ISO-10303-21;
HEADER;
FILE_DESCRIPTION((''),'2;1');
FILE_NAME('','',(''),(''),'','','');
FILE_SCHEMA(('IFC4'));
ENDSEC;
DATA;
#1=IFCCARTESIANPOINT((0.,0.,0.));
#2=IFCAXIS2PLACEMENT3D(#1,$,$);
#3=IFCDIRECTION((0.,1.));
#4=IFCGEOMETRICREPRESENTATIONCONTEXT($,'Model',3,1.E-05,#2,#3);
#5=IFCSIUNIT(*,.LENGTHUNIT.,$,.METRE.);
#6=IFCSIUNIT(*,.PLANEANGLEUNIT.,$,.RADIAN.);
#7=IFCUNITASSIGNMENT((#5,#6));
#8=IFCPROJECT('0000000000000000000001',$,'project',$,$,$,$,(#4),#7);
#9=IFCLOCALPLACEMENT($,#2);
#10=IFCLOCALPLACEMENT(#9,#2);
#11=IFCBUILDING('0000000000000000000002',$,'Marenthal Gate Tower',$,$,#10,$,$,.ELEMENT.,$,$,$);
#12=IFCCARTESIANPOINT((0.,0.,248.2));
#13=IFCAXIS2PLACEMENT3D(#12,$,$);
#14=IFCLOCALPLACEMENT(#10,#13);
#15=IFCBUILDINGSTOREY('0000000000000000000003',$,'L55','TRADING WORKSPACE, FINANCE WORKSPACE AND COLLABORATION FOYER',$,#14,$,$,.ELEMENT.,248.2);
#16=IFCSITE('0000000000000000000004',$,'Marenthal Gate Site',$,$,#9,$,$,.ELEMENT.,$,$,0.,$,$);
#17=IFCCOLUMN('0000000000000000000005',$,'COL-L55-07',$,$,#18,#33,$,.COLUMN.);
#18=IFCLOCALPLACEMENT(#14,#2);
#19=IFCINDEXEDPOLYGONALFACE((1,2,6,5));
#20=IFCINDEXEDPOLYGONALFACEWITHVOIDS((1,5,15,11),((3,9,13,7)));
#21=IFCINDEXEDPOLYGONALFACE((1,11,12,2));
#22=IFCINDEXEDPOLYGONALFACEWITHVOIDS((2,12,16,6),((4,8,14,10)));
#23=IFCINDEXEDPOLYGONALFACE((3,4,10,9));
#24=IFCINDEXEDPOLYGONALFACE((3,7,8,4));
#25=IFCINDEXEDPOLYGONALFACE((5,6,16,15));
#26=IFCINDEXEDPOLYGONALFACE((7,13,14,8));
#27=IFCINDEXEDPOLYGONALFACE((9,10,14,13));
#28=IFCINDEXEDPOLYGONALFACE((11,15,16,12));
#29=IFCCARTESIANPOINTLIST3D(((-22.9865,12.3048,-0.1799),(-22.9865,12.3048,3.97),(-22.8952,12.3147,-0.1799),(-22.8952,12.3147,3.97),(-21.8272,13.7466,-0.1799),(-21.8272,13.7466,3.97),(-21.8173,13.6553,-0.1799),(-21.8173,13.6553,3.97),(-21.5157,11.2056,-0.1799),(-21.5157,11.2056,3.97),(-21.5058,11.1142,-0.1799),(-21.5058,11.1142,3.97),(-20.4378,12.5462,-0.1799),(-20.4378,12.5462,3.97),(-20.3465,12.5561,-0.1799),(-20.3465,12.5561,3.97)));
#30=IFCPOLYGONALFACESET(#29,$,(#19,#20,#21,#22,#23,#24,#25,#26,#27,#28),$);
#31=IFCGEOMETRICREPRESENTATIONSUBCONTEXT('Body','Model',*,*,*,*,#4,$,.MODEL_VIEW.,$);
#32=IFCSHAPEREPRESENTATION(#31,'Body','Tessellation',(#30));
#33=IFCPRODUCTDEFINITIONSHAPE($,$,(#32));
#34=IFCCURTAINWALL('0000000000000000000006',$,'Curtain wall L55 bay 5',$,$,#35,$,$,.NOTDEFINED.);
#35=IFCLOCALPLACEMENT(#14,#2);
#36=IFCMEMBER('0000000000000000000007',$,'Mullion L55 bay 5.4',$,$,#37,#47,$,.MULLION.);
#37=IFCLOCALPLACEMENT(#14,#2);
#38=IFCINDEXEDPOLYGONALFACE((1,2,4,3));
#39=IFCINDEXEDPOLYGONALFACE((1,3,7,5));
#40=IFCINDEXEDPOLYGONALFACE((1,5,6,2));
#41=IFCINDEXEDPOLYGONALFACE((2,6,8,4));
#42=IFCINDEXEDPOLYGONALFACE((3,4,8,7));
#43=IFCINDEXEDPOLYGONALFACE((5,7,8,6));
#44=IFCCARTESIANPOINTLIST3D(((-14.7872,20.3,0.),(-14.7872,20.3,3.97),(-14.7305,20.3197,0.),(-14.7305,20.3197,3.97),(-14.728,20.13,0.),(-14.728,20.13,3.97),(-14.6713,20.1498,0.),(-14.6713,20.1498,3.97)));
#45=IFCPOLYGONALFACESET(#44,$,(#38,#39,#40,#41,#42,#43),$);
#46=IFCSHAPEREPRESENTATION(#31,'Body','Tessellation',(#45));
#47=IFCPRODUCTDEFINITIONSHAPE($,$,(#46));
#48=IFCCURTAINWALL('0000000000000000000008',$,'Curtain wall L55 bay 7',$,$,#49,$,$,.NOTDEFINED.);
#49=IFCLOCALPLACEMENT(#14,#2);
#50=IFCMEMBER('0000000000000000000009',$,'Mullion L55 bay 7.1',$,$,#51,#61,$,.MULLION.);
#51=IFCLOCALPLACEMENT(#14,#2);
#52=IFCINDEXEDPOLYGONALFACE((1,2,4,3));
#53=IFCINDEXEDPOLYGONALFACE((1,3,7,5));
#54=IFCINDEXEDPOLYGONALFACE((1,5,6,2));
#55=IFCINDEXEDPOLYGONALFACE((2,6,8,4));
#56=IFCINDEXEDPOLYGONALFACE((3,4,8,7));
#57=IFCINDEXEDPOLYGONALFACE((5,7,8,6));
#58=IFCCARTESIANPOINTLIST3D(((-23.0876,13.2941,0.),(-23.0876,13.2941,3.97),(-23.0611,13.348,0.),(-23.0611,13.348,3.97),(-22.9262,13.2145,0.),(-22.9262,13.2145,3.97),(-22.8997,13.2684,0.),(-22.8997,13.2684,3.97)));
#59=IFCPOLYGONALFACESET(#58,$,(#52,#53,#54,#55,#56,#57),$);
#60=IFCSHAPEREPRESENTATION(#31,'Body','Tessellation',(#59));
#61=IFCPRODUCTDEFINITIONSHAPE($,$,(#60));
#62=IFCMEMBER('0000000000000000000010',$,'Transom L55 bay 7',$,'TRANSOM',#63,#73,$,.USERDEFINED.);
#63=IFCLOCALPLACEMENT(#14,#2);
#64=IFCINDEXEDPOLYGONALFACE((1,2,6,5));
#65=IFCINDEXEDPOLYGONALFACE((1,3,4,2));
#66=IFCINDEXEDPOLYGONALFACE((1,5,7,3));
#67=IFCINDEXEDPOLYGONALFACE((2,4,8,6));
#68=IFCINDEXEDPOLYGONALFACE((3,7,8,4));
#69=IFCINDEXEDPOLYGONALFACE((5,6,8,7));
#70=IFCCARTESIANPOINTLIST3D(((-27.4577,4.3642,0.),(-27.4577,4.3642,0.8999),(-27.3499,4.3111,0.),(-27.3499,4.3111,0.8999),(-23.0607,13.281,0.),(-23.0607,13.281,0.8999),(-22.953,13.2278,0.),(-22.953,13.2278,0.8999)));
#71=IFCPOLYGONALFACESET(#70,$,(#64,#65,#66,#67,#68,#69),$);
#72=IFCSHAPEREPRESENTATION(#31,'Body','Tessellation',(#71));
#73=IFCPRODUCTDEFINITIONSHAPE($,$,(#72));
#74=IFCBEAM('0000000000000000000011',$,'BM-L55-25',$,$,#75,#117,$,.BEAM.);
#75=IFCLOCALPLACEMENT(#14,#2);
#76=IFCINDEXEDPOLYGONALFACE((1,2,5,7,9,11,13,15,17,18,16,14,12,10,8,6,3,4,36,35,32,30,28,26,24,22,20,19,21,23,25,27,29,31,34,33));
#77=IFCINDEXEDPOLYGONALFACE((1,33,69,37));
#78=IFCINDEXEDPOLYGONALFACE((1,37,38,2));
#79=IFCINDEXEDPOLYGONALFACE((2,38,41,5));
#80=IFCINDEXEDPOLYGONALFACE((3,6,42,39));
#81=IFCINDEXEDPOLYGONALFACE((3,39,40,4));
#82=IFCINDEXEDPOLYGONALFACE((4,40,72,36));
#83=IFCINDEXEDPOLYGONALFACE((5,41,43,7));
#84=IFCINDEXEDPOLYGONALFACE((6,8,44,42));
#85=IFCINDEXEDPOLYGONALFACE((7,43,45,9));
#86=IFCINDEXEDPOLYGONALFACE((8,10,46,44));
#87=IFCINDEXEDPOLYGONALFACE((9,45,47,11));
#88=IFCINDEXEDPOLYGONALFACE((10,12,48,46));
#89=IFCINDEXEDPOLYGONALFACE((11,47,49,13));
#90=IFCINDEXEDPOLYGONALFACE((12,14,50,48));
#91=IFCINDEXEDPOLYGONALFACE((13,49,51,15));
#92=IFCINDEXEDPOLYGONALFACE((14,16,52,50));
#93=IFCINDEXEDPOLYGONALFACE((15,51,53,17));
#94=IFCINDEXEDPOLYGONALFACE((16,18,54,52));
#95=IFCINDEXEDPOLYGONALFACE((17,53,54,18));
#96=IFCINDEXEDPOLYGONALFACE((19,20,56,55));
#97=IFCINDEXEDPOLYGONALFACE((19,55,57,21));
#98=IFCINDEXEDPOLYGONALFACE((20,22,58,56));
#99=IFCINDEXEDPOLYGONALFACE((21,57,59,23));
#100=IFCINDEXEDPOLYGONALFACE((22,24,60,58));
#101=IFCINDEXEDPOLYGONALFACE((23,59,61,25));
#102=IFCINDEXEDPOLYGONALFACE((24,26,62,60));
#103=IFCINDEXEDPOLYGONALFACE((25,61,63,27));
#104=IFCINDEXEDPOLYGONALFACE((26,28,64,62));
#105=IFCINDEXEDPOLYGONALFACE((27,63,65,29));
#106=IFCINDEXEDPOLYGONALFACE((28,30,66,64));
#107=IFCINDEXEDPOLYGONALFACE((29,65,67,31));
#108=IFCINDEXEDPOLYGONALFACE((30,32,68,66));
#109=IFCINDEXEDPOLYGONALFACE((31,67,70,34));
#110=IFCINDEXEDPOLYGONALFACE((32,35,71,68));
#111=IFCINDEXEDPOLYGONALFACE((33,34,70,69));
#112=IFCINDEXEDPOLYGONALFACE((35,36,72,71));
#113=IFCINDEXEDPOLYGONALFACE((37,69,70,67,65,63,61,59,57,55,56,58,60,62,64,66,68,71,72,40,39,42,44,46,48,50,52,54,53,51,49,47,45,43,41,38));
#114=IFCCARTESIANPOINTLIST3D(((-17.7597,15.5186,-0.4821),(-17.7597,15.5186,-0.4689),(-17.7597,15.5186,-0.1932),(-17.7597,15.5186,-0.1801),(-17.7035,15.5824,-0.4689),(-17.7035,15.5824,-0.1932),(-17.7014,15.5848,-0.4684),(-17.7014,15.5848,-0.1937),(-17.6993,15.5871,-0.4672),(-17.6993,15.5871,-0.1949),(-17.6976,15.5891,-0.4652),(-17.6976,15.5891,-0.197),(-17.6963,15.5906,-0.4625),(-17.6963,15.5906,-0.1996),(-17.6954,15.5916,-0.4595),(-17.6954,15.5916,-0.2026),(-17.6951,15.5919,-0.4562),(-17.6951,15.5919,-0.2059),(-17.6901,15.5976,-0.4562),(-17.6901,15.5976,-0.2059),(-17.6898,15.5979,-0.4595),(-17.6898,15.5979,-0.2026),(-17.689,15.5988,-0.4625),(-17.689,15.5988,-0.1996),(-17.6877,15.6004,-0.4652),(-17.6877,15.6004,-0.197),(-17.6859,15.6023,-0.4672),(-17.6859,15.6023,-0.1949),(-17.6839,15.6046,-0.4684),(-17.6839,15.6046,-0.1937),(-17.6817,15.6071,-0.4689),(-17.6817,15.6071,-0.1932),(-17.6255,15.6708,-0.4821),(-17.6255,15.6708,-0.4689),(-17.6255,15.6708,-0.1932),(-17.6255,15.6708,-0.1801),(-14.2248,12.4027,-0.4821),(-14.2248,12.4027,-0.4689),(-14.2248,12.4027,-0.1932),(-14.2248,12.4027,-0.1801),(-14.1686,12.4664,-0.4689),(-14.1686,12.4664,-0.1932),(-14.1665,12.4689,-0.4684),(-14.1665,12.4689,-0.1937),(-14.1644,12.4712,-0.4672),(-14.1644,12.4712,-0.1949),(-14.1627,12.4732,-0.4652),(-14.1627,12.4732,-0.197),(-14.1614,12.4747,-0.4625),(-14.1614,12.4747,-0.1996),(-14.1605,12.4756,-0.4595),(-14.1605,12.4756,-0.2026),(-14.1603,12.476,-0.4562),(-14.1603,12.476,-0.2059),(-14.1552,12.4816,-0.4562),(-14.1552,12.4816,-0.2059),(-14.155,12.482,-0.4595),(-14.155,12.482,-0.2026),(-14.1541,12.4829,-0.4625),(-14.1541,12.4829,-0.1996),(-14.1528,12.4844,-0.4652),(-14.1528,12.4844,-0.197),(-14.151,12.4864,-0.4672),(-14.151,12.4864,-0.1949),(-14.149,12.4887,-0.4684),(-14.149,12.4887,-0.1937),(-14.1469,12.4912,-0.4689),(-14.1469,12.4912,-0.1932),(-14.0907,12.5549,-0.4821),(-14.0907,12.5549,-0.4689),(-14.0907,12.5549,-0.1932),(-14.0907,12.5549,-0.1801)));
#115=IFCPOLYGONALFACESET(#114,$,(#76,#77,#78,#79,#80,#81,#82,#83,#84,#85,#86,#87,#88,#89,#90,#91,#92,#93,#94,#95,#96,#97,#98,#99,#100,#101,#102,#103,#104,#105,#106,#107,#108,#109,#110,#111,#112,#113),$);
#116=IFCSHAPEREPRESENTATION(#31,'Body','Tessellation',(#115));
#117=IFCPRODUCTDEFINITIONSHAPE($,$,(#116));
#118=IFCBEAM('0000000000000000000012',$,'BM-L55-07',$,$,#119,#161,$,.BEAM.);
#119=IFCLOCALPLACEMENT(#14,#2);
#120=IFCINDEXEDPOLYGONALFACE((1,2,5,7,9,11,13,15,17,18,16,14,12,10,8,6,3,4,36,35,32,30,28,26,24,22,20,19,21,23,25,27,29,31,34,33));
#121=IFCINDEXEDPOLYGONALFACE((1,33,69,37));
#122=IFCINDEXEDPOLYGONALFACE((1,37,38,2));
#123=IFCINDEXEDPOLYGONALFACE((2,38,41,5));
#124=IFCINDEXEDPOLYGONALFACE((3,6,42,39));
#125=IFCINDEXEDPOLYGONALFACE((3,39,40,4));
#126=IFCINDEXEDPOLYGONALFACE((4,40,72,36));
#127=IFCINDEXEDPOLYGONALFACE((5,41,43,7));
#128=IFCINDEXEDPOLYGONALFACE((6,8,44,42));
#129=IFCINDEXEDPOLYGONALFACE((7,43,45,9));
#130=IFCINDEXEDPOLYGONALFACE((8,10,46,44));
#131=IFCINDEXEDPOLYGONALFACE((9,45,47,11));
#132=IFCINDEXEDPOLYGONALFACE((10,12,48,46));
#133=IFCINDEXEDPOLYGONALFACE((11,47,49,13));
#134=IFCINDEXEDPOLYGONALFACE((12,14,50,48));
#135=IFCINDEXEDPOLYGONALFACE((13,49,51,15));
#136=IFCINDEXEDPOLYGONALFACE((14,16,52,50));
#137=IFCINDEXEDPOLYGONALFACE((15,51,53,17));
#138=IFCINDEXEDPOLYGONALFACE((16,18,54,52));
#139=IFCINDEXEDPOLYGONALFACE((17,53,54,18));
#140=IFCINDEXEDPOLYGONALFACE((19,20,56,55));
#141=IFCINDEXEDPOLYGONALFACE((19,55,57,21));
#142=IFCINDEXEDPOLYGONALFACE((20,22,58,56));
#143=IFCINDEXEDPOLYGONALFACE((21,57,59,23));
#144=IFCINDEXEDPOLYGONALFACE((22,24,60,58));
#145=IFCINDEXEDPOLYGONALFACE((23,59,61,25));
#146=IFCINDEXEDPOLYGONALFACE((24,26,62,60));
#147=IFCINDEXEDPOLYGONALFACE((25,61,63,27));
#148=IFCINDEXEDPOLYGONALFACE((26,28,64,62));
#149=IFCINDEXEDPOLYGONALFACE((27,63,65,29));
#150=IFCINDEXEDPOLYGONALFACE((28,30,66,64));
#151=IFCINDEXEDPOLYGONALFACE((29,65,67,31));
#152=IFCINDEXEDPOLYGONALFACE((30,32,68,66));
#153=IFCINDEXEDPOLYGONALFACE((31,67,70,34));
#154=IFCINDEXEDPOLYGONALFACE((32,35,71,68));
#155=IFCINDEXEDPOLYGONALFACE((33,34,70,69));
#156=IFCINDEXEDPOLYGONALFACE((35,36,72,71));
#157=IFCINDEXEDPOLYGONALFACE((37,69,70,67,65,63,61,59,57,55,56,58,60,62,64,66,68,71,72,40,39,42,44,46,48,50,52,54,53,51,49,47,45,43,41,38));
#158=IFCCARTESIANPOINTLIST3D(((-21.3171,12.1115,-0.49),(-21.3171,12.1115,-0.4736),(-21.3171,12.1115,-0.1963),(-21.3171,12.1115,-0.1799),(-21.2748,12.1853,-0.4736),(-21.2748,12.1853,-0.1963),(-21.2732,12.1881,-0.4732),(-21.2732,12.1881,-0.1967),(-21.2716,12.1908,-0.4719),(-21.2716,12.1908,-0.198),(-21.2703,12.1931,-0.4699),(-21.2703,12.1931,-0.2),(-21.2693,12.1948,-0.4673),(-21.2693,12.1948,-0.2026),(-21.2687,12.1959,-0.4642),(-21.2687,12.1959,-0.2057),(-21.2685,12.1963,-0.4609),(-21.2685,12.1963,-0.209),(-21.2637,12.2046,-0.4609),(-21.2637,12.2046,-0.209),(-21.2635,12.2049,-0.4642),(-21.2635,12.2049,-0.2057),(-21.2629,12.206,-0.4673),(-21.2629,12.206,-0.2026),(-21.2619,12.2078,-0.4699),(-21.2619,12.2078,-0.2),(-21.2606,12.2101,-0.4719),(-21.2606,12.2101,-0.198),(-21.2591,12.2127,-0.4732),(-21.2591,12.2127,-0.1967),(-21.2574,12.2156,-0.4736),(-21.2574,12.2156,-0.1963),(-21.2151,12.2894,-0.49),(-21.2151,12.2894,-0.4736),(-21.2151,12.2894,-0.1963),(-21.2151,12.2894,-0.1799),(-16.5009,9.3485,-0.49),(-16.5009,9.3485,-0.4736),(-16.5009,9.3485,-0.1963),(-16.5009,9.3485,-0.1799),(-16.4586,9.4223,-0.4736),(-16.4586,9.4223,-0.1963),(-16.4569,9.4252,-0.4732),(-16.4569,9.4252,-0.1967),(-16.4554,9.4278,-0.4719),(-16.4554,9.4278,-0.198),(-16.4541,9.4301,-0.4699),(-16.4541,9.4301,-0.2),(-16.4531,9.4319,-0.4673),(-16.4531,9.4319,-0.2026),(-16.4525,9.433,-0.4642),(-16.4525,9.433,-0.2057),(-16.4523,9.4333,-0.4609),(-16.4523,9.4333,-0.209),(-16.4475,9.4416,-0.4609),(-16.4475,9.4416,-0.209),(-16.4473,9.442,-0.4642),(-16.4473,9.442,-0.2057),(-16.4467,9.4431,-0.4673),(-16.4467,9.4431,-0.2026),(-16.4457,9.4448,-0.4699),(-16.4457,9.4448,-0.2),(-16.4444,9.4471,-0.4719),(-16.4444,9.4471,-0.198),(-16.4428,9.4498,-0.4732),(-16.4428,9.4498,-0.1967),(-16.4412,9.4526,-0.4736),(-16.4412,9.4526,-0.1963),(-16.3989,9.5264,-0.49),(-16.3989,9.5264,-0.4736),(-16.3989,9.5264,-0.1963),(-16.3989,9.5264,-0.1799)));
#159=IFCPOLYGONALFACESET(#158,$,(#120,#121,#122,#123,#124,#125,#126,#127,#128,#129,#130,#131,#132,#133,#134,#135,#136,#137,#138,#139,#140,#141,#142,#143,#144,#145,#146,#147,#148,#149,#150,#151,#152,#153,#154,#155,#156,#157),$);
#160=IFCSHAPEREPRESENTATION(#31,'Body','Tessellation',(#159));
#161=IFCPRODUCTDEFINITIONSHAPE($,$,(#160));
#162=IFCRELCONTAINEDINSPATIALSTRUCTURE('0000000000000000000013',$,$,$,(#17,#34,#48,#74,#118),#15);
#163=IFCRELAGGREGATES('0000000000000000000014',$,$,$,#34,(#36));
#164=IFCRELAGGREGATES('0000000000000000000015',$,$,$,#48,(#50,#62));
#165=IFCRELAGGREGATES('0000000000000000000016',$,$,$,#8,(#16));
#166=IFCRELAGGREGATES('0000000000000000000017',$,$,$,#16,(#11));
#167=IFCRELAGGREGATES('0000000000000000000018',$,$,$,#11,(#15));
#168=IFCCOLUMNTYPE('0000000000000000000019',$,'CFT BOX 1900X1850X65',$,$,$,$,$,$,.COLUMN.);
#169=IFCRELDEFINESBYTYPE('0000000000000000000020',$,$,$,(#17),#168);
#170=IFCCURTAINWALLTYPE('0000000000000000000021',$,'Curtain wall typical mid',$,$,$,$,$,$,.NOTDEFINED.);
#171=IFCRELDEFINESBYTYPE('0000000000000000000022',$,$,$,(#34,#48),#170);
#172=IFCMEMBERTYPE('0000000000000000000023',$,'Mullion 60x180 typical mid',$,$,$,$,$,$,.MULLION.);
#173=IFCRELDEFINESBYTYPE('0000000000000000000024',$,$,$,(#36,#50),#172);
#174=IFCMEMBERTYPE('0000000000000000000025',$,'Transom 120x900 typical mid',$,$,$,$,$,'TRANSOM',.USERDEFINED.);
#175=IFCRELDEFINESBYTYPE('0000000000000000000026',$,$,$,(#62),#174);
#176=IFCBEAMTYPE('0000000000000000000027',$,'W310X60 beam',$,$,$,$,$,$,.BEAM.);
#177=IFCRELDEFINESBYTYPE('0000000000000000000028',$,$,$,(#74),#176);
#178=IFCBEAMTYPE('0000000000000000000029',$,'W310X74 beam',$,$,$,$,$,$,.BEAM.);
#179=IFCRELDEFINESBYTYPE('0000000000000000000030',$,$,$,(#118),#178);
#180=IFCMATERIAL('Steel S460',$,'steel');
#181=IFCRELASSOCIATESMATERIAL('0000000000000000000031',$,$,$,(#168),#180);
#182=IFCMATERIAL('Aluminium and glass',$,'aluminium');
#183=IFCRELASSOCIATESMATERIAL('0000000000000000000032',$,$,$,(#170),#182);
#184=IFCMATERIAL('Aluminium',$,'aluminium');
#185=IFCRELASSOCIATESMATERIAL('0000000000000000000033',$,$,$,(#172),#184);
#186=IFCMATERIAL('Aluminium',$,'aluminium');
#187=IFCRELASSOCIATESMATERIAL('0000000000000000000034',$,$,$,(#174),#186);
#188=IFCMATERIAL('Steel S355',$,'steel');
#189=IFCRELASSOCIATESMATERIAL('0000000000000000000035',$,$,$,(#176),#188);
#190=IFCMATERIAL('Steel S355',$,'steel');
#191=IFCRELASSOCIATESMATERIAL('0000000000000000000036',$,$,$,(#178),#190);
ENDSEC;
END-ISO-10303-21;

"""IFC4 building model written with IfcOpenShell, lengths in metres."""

from ifc_helpers import new_model, si_unit, direction, frame, origin, origin_2d, place, context, subcontext, project, spatial, rectangle, hollow_rectangle, i_section, extrude, material, material_profile, profile_set, type_object, element, aggregate, save


model = new_model("IFC4")

# Units and contexts
model_context = context("Model", 3, precision=1e-05, world=origin(), true_north=direction((0.0, 1.0)))
body_context = subcontext(model_context, "Body", "Model", "MODEL_VIEW")
ifc_project = project(units=[si_unit("LENGTHUNIT", "METRE"), si_unit("PLANEANGLEUNIT", "RADIAN")], contexts=[model_context])

# Site, building, storey
site_placement = place(None, origin())
site = spatial("IfcSite", under=ifc_project, at=site_placement, Name="Marenthal Gate Site", CompositionType="ELEMENT", RefElevation=0.0)
building_placement = place(site_placement, origin())
building = spatial("IfcBuilding", under=site, at=building_placement, Name="Marenthal Gate Tower", CompositionType="ELEMENT")
storey_placement = place(building_placement, frame((0.0, 0.0, 248.2)))
storey = spatial("IfcBuildingStorey", under=building, at=storey_placement, Name="L55", Description="TRADING WORKSPACE, FINANCE WORKSPACE AND COLLABORATION FOYER", CompositionType="ELEMENT", Elevation=248.2)

# Column
ifc_material_1 = material(Name="Steel S460", Category="steel")
ifc_material_profile_1 = material_profile(ifc_material_1, hollow_rectangle(XDim=1.8501, YDim=1.8999, WallThickness=0.0649, at=origin_2d()), Name="CFT BOX 1900X1850X65")
ifc_material_2 = material(Name="Concrete 70 MPa", Category="concrete")
ifc_material_profile_2 = material_profile(ifc_material_2, rectangle(XDim=1.72, YDim=1.77, at=origin_2d()), Name="CFT BOX 1900X1850X65 INFILL")
ifc_profile_set_1 = profile_set([ifc_material_profile_1, ifc_material_profile_2], Name="Steel S460 shell, Concrete 70 MPa infill")
column_type = type_object("IfcColumnType", Name="CFT BOX 1900X1850X65", PredefinedType="COLUMN", material=ifc_profile_set_1)
column_placement = place(storey_placement, frame((-21.6665, 12.4304, -0.1799), z_axis=(0.0, 0.0, 1.0), x_axis=(0.626615, 0.779329, 0.0)))
element("IfcColumn", 1, at=column_placement, inside=storey, type_object=column_type, Name="COL-L55-07", PredefinedType="COLUMN", context=body_context, shape_type="SweptSolid", body=[
    extrude(hollow_rectangle(XDim=1.8501, YDim=1.8999, WallThickness=0.0649, at=origin_2d()), origin(), (0.0, 0.0, 1.0), 4.1499),
])

# Curtain wall, member
ifc_material_3 = material(Name="Aluminium and glass", Category="aluminium")
curtain_wall_type = type_object("IfcCurtainWallType", Name="Curtain wall typical mid", PredefinedType="NOTDEFINED", material=ifc_material_3)
curtain_wall_1_placement = place(storey_placement, origin())
curtain_wall_1 = element("IfcCurtainWall", 2, at=curtain_wall_1_placement, inside=storey, type_object=curtain_wall_type, Name="Curtain wall L55 bay 5", PredefinedType="NOTDEFINED")
ifc_material_4 = material(Name="Aluminium", Category="aluminium")
ifc_material_profile_3 = material_profile(ifc_material_4, rectangle(XDim=0.1799, YDim=0.0601, at=origin_2d()), Name="60x180 aluminium mullion")
ifc_profile_set_2 = profile_set([ifc_material_profile_3], Name="Aluminium")
member_type_1 = type_object("IfcMemberType", Name="Mullion 60x180 typical mid", PredefinedType="MULLION", material=ifc_profile_set_2)
member_1_placement = place(storey_placement, frame((-14.7292, 20.2249, 0.0), z_axis=(0.0, 0.0, 1.0), x_axis=(0.328612, -0.944465, 0.0)))
member_1 = element("IfcMember", 3, at=member_1_placement, type_object=member_type_1, Name="Mullion L55 bay 5.4", PredefinedType="MULLION", context=body_context, shape_type="SweptSolid", body=[
    extrude(rectangle(XDim=0.1799, YDim=0.0601, at=origin_2d()), origin(), (0.0, 0.0, 1.0), 3.97),
])
aggregate(curtain_wall_1, [member_1])

# Curtain wall, members
curtain_wall_2_placement = place(storey_placement, origin())
curtain_wall_2 = element("IfcCurtainWall", 4, at=curtain_wall_2_placement, inside=storey, type_object=curtain_wall_type, Name="Curtain wall L55 bay 7", PredefinedType="NOTDEFINED")
member_2_placement = place(storey_placement, frame((-22.9937, 13.2812, 0.0), z_axis=(0.0, 0.0, 1.0), x_axis=(0.896882, -0.442269, 0.0)))
member_2 = element("IfcMember", 5, at=member_2_placement, type_object=member_type_1, Name="Mullion L55 bay 7.1", PredefinedType="MULLION", context=body_context, shape_type="SweptSolid", body=[
    extrude(rectangle(XDim=0.1799, YDim=0.0601, at=origin_2d()), origin(), (0.0, 0.0, 1.0), 3.97),
])
ifc_material_5 = material(Name="Aluminium", Category="aluminium")
ifc_material_profile_4 = material_profile(ifc_material_5, rectangle(XDim=0.1201, YDim=0.8999, at=origin_2d()), Name="120x900 aluminium transom")
ifc_profile_set_3 = profile_set([ifc_material_profile_4], Name="Aluminium")
member_type_2 = type_object("IfcMemberType", Name="Transom 120x900 typical mid", ElementType="TRANSOM", PredefinedType="USERDEFINED", material=ifc_profile_set_3)
member_3_placement = place(storey_placement, frame((-23.0068, 13.2544, 0.45), z_axis=(-0.442266, -0.896884, 0.0), x_axis=(0.896884, -0.442266, 0.0)))
member_3 = element("IfcMember", 6, at=member_3_placement, type_object=member_type_2, Name="Transom L55 bay 7", ObjectType="TRANSOM", PredefinedType="USERDEFINED", context=body_context, shape_type="SweptSolid", body=[
    extrude(rectangle(XDim=0.1201, YDim=0.8999, at=origin_2d()), origin(), (0.0, 0.0, 1.0), 9.9419),
])

# Beams
ifc_material_6 = material(Name="Steel S355", Category="steel")
ifc_material_profile_5 = material_profile(ifc_material_6, i_section(OverallWidth=0.2029, OverallDepth=0.302, WebThickness=0.0076, FlangeThickness=0.0132, FilletRadius=0.0127, at=origin_2d()), Name="W310X60")
ifc_profile_set_4 = profile_set([ifc_material_profile_5], Name="Steel S355")
beam_type_1 = type_object("IfcBeamType", Name="W310X60 beam", PredefinedType="BEAM", material=ifc_profile_set_4)
beam_1_placement = place(storey_placement, frame((-17.6926, 15.5947, -0.3311), z_axis=(0.750161, -0.661255, 0.0), x_axis=(0.661255, 0.750161, 0.0)))
element("IfcBeam", 7, at=beam_1_placement, inside=storey, type_object=beam_type_1, Name="BM-L55-25", PredefinedType="BEAM", context=body_context, shape_type="SweptSolid", body=[
    extrude(i_section(OverallWidth=0.2029, OverallDepth=0.302, WebThickness=0.0076, FlangeThickness=0.0132, FilletRadius=0.0127, at=origin_2d()), origin(), (0.0, 0.0, 1.0), 4.7122),
])
ifc_material_7 = material(Name="Steel S355", Category="steel")
ifc_material_profile_6 = material_profile(ifc_material_7, i_section(OverallWidth=0.2051, OverallDepth=0.3101, WebThickness=0.0095, FlangeThickness=0.0164, FilletRadius=0.0127, at=origin_2d()), Name="W310X74")
ifc_profile_set_5 = profile_set([ifc_material_profile_6], Name="Steel S355")
beam_type_2 = type_object("IfcBeamType", Name="W310X74 beam", PredefinedType="BEAM", material=ifc_profile_set_5)
beam_2_placement = place(storey_placement, frame((-21.2661, 12.2004, -0.335), z_axis=(0.8674, -0.497611, 0.0), x_axis=(0.497611, 0.8674, 0.0)))
element("IfcBeam", 8, at=beam_2_placement, inside=storey, type_object=beam_type_2, Name="BM-L55-07", PredefinedType="BEAM", context=body_context, shape_type="SweptSolid", body=[
    extrude(i_section(OverallWidth=0.2051, OverallDepth=0.3101, WebThickness=0.0095, FlangeThickness=0.0164, FilletRadius=0.0127, at=origin_2d()), origin(), (0.0, 0.0, 1.0), 5.5525),
])

aggregate(curtain_wall_2, [member_2, member_3])

save(model, "model.ifc")
